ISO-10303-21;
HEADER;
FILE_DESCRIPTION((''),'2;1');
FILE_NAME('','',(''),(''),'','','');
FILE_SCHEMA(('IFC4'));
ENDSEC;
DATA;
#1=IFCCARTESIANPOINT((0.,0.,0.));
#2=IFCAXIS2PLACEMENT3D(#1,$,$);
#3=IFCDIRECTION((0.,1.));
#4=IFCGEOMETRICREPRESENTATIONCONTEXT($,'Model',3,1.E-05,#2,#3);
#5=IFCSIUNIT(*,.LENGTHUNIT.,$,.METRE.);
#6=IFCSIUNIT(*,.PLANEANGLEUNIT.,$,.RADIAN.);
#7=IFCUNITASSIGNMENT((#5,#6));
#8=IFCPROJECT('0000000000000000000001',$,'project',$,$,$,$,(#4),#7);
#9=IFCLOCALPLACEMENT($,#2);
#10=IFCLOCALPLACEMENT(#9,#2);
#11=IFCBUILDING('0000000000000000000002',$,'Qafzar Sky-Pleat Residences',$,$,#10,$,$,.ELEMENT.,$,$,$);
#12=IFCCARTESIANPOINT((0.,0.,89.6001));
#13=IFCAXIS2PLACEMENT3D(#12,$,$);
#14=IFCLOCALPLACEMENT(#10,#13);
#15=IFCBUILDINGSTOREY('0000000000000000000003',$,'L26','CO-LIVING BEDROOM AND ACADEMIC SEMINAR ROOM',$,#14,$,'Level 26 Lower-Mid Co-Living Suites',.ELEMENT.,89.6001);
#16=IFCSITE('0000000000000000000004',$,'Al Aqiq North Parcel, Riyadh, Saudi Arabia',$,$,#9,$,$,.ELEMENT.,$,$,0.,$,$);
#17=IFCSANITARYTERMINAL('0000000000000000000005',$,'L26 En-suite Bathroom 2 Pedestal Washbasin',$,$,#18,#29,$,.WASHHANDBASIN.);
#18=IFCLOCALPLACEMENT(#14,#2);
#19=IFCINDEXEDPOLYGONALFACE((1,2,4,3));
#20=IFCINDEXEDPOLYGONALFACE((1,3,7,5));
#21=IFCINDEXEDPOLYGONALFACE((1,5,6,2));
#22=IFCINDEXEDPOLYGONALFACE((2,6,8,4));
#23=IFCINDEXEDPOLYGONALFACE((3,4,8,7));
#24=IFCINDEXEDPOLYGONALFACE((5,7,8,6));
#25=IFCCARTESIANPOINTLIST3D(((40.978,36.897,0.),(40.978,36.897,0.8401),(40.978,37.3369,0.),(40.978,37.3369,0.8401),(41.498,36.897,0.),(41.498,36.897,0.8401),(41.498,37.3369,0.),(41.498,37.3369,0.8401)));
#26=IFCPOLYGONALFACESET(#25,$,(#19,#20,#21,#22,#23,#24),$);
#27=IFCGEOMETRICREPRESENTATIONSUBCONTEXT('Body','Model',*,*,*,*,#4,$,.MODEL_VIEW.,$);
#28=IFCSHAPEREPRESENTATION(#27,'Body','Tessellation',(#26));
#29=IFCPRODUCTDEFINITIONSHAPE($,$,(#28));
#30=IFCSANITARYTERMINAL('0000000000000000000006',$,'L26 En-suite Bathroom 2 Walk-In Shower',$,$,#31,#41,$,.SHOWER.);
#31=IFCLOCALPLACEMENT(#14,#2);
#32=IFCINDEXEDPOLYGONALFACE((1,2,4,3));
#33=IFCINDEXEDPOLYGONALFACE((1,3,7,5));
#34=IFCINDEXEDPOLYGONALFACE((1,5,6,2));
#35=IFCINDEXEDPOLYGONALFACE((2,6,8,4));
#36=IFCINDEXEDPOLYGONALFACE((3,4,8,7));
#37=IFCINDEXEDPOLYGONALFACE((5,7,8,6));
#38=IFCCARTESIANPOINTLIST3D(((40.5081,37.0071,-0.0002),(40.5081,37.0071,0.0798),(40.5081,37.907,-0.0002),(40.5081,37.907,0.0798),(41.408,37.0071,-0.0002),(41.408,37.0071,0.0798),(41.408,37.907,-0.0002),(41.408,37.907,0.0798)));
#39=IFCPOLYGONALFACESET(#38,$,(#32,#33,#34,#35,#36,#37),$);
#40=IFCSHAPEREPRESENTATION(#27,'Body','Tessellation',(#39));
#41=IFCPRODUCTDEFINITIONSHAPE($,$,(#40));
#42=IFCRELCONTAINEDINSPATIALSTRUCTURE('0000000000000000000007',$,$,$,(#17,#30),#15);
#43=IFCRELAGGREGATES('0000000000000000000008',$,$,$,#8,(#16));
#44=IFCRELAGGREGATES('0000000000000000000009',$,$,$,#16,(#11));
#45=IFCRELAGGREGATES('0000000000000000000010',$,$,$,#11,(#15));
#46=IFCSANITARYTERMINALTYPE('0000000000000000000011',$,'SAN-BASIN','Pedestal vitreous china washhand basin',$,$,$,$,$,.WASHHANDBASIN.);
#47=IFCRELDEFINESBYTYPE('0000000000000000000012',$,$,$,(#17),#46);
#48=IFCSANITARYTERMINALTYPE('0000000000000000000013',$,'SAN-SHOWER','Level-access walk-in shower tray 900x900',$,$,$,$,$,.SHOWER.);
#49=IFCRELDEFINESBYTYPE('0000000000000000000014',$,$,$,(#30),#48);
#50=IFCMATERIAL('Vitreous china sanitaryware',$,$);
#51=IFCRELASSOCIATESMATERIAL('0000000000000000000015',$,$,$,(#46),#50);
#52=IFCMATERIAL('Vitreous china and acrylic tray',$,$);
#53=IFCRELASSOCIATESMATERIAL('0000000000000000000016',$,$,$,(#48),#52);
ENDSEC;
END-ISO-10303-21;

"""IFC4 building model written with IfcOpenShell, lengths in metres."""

from ifc_helpers import new_model, si_unit, direction, frame, origin, origin_2d, place, context, subcontext, project, spatial, rectangle, extrude, source, transform, mapped, material, type_object, element, save


model = new_model("IFC4")

# Units and contexts
model_context = context("Model", 3, precision=1e-05, world=origin(), true_north=direction((0.0, 1.0)))
body_context = subcontext(model_context, "Body", "Model", "MODEL_VIEW")
ifc_project = project(units=[si_unit("LENGTHUNIT", "METRE"), si_unit("PLANEANGLEUNIT", "RADIAN")], contexts=[model_context])

# Site, building, storey
site_placement = place(None, origin())
site = spatial("IfcSite", under=ifc_project, at=site_placement, Name="Al Aqiq North Parcel, Riyadh, Saudi Arabia", CompositionType="ELEMENT", RefElevation=0.0)
building_placement = place(site_placement, origin())
building = spatial("IfcBuilding", under=site, at=building_placement, Name="Qafzar Sky-Pleat Residences", CompositionType="ELEMENT")
storey_placement = place(building_placement, frame((0.0, 0.0, 89.6001)))
storey = spatial("IfcBuildingStorey", under=building, at=storey_placement, Name="L26", Description="CO-LIVING BEDROOM AND ACADEMIC SEMINAR ROOM", LongName="Level 26 Lower-Mid Co-Living Suites", CompositionType="ELEMENT", Elevation=89.6001)

# Sanitary terminals
ifc_material_1 = material(Name="Vitreous china sanitaryware")
sanitary_terminal_type_1 = type_object("IfcSanitaryTerminalType", Name="SAN-BASIN", Description="Pedestal vitreous china washhand basin", PredefinedType="WASHHANDBASIN", material=ifc_material_1)
shared_shape_1 = source(origin(), body_context, "Body", "SweptSolid", [
    extrude(rectangle(XDim=0.52, YDim=0.4399, at=origin_2d()), origin(), (0.0, 0.0, 1.0), 0.8401),
])
sanitary_terminal_1_placement = place(storey_placement, frame((41.238, 37.1169, 0.0), z_axis=(0.0, 0.0, 1.0), x_axis=(1.0, 0.0, 0.0)))
element("IfcSanitaryTerminal", 1, at=sanitary_terminal_1_placement, inside=storey, type_object=sanitary_terminal_type_1, Name="L26 En-suite Bathroom 2 Pedestal Washbasin", PredefinedType="WASHHANDBASIN", context=body_context, shape_type="MappedRepresentation", body=[
    mapped(shared_shape_1, transform((0.0, 0.0, 0.0), x_axis=(1.0, 0.0, 0.0), y_axis=(0.0, 1.0, 0.0), z_axis=(0.0, 0.0, 1.0), scale=1.0)),
])
ifc_material_2 = material(Name="Vitreous china and acrylic tray")
sanitary_terminal_type_2 = type_object("IfcSanitaryTerminalType", Name="SAN-SHOWER", Description="Level-access walk-in shower tray 900x900", PredefinedType="SHOWER", material=ifc_material_2)
shared_shape_2 = source(origin(), body_context, "Body", "SweptSolid", [
    extrude(rectangle(XDim=0.8999, YDim=0.8999, at=origin_2d()), origin(), (0.0, 0.0, 1.0), 0.0801),
])
sanitary_terminal_2_placement = place(storey_placement, frame((40.958, 37.457, -0.0002), z_axis=(0.0, 0.0, 1.0), x_axis=(1.0, 0.0, 0.0)))
element("IfcSanitaryTerminal", 2, at=sanitary_terminal_2_placement, inside=storey, type_object=sanitary_terminal_type_2, Name="L26 En-suite Bathroom 2 Walk-In Shower", PredefinedType="SHOWER", context=body_context, shape_type="MappedRepresentation", body=[
    mapped(shared_shape_2, transform((0.0, 0.0, 0.0), x_axis=(1.0, 0.0, 0.0), y_axis=(0.0, 1.0, 0.0), z_axis=(0.0, 0.0, 1.0), scale=1.0)),
])

save(model, "model.ifc")
